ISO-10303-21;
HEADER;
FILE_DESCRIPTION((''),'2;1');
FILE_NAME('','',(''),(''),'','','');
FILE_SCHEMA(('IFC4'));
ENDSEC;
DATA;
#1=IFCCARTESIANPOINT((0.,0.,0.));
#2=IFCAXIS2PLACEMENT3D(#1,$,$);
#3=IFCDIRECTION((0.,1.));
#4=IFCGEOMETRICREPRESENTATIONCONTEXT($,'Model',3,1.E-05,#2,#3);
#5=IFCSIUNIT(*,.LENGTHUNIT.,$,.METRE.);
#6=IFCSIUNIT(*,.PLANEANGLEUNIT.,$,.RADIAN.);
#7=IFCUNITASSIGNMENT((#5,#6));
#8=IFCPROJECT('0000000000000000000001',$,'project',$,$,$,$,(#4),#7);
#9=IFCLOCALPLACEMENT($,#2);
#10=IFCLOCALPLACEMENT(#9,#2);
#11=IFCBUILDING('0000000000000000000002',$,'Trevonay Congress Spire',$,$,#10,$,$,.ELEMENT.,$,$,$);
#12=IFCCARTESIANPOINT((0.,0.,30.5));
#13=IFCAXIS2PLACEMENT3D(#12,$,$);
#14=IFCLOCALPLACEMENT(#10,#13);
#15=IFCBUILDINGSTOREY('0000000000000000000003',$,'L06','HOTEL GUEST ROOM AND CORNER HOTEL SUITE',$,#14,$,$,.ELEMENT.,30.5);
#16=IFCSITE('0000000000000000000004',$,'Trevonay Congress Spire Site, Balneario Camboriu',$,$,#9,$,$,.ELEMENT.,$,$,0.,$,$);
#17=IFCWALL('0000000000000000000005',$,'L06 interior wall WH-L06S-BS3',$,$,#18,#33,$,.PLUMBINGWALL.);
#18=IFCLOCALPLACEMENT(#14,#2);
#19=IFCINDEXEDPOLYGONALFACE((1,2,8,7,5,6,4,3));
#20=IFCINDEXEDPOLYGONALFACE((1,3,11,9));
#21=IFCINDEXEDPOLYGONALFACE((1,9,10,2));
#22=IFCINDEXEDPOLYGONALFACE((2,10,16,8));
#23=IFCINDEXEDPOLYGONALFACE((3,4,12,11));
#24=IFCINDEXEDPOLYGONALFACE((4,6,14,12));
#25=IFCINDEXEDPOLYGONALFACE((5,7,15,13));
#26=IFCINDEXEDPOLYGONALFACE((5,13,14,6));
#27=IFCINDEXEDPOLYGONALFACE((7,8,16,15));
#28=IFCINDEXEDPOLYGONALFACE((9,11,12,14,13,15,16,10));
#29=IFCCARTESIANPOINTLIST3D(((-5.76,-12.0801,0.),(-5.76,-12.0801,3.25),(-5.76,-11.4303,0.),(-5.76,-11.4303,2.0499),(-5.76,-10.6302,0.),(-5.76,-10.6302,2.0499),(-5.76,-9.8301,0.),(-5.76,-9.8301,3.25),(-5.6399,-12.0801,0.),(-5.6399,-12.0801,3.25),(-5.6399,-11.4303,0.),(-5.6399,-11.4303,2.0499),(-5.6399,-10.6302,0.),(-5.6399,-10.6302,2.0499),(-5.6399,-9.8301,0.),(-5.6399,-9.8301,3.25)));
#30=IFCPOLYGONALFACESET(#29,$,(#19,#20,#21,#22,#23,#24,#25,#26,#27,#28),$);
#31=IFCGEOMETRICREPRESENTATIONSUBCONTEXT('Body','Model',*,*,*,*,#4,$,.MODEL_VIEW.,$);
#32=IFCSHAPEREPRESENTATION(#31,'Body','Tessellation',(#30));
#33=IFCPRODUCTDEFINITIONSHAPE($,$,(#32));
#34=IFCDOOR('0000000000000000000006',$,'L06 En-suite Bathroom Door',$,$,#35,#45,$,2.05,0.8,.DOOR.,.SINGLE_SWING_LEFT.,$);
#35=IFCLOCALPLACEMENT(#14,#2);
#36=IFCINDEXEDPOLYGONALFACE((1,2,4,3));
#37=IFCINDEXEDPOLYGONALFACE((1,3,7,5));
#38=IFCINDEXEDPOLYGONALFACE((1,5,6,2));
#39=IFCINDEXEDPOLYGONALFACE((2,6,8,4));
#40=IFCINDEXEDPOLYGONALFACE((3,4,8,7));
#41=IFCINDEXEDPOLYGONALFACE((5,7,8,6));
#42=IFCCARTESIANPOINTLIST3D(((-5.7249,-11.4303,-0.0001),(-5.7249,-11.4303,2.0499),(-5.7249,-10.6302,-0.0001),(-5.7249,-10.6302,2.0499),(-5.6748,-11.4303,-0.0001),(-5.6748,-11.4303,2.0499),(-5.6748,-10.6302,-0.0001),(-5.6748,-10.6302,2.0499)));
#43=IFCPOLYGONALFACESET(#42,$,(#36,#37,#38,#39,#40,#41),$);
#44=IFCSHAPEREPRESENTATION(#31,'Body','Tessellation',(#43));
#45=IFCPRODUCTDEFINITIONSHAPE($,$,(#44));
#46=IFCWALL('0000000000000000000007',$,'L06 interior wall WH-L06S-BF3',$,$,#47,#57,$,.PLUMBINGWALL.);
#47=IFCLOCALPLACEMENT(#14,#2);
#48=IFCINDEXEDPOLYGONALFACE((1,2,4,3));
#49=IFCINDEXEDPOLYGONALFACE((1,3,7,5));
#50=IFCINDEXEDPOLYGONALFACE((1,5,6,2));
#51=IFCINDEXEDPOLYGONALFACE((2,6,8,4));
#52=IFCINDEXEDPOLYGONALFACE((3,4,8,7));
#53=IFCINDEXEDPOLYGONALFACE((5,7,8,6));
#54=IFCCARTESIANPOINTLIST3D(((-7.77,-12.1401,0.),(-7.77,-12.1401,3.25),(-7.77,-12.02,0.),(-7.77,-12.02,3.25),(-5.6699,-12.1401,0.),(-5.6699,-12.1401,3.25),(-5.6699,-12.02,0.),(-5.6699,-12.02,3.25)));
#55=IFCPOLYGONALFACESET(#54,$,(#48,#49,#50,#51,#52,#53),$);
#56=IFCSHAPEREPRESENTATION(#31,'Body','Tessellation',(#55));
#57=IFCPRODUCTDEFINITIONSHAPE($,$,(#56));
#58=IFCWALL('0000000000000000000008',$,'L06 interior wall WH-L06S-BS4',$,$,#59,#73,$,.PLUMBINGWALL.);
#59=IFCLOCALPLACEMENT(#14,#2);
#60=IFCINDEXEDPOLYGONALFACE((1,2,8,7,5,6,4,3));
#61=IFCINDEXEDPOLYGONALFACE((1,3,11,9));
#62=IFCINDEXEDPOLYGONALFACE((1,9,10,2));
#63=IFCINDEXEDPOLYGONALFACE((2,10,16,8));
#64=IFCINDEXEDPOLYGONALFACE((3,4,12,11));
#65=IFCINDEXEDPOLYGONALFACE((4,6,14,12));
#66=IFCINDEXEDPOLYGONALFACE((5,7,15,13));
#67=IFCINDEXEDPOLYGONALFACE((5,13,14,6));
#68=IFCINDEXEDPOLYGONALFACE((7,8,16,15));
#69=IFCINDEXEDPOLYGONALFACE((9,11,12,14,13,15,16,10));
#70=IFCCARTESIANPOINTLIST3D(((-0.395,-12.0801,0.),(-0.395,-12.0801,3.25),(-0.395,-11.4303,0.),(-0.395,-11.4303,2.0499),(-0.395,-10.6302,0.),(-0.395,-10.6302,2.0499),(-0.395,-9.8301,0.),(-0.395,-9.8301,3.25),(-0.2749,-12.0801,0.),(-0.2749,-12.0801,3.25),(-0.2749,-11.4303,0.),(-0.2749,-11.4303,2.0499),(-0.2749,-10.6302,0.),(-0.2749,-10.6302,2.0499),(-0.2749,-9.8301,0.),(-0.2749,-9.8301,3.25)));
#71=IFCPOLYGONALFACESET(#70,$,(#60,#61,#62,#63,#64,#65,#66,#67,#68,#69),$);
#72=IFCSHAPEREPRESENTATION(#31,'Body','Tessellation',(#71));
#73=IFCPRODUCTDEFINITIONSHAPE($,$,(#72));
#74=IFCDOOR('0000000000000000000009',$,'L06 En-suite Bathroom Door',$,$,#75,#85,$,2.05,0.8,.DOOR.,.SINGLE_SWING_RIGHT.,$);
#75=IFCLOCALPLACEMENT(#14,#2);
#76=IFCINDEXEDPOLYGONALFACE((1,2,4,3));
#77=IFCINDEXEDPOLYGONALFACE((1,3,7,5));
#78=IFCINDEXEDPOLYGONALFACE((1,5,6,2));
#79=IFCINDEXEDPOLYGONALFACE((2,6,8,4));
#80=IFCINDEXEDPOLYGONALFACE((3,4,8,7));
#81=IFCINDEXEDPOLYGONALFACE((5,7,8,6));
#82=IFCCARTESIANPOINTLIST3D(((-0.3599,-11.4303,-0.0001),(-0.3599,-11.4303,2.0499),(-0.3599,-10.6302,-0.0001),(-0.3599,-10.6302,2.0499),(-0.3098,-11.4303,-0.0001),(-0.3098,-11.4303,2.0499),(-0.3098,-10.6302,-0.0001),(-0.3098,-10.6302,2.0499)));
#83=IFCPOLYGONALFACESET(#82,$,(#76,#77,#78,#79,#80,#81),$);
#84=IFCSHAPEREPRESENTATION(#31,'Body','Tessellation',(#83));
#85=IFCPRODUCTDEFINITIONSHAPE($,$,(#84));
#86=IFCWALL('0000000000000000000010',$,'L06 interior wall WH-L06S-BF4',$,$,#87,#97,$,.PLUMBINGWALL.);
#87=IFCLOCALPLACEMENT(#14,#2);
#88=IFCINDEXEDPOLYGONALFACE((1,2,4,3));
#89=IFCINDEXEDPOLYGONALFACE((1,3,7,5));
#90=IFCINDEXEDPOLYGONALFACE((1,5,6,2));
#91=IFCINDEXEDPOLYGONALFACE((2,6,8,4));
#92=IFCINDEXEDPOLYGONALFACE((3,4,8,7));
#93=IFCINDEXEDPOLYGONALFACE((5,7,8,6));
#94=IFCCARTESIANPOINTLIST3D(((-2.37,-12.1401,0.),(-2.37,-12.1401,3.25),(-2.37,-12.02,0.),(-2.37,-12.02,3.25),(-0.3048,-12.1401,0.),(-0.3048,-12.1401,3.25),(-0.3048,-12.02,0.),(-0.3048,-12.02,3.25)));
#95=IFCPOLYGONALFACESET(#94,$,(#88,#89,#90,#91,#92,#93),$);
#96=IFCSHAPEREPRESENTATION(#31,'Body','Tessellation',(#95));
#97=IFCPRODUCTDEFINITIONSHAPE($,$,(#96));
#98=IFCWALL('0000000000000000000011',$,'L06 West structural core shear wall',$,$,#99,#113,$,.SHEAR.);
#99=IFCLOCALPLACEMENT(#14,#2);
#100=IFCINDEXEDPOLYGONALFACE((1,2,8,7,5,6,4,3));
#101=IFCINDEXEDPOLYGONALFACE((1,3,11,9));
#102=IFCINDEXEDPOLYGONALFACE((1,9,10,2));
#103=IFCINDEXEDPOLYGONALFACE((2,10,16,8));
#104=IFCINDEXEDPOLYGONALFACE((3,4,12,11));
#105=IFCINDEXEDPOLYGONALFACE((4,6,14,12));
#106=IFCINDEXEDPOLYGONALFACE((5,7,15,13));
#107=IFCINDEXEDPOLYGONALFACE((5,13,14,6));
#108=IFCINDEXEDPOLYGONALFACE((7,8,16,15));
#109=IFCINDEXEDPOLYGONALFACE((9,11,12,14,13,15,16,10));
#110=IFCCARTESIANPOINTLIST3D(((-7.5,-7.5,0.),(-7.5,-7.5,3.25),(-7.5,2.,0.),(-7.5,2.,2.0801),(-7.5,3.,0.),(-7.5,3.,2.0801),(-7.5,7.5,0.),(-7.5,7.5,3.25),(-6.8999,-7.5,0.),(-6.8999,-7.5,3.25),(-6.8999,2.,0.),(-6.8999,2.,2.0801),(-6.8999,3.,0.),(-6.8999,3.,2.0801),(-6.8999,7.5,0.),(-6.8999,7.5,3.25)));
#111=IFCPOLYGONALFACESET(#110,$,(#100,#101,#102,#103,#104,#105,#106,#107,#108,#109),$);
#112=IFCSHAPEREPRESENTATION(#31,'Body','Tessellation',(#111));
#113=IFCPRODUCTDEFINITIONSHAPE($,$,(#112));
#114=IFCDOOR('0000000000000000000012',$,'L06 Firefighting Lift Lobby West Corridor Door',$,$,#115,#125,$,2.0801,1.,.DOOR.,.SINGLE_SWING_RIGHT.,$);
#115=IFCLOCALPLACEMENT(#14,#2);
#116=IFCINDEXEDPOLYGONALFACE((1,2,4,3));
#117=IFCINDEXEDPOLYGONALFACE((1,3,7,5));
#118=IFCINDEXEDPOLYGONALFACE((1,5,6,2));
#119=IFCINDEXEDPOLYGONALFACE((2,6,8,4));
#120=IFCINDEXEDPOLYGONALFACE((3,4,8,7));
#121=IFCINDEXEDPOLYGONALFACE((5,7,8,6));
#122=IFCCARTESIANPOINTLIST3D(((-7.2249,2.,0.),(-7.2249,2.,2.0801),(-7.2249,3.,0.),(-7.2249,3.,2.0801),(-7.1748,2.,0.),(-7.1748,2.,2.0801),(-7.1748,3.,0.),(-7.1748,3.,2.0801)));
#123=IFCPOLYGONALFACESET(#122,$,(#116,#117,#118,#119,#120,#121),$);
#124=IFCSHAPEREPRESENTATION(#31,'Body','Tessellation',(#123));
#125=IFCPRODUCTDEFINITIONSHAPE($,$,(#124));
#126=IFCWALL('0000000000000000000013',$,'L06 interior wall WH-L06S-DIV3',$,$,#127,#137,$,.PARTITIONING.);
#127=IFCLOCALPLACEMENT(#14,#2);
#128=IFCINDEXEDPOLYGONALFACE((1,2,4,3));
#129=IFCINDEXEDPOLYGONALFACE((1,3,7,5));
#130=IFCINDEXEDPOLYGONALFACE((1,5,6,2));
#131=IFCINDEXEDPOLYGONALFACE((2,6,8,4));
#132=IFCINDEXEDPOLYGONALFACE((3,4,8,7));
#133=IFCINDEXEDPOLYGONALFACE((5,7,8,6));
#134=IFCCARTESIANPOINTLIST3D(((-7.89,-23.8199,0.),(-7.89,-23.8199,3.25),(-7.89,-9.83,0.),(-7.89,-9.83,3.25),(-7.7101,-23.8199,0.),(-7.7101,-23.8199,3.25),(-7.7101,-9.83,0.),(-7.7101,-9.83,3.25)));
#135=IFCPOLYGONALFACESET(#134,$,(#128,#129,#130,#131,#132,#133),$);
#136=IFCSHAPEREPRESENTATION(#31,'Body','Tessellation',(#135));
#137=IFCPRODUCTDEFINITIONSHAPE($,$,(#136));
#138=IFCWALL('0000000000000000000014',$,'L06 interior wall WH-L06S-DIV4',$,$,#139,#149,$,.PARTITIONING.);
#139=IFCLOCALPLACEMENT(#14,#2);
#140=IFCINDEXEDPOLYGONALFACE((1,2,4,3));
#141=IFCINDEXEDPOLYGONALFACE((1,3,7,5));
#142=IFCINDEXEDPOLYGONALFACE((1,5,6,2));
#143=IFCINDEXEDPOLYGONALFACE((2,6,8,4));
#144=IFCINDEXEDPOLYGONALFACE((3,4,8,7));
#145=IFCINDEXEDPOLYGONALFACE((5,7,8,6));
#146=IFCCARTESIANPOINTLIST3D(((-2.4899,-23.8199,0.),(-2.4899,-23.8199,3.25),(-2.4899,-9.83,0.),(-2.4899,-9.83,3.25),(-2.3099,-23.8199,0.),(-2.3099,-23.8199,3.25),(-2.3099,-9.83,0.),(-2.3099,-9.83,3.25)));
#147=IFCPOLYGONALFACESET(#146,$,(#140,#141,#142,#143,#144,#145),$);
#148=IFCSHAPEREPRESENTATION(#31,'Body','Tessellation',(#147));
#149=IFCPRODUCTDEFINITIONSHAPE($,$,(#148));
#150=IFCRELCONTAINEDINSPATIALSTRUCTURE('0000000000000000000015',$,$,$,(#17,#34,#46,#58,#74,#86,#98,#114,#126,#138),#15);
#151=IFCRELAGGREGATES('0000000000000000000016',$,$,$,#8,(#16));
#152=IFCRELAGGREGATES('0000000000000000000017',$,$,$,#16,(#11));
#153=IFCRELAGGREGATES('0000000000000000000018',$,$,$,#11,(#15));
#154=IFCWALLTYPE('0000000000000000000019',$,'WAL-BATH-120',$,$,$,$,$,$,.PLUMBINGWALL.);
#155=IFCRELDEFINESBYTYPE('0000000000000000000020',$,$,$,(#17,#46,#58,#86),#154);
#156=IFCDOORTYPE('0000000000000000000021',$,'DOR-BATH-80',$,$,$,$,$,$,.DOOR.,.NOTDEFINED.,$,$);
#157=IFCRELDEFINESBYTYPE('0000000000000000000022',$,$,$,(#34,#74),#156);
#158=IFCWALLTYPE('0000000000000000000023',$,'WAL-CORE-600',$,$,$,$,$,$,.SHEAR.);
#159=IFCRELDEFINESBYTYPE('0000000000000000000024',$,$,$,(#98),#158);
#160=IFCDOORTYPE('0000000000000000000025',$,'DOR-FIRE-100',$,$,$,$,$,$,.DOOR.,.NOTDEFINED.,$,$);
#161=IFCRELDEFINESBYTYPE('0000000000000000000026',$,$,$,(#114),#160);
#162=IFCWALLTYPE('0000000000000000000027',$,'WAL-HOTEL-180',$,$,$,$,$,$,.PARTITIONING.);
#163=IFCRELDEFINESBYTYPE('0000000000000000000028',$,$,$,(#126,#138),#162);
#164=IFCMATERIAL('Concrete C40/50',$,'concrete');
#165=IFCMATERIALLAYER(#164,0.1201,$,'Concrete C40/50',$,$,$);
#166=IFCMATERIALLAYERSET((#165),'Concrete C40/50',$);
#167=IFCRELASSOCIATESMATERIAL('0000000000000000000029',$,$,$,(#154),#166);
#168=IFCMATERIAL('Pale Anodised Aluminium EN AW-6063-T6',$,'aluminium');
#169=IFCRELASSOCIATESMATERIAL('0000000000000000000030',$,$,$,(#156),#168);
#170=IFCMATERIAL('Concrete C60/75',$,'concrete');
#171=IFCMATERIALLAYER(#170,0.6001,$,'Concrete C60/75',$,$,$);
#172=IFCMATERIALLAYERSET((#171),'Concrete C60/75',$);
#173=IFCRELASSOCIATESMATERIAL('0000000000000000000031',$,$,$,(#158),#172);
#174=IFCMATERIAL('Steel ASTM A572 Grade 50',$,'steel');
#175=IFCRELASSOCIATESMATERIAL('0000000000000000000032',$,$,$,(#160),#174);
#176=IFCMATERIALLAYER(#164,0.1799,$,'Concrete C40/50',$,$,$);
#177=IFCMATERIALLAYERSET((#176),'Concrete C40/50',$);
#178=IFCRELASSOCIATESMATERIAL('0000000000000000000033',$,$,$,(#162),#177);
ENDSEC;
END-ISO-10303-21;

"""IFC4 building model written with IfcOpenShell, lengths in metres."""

from ifc_helpers import new_model, si_unit, direction, frame, frame_2d, origin, place, context, subcontext, project, spatial, rectangle, extrude, material, layer, layer_set, type_object, element, fill, save


model = new_model("IFC4")

# Units and contexts
model_context = context("Model", 3, precision=1e-05, world=origin(), true_north=direction((0.0, 1.0)))
body_context = subcontext(model_context, "Body", "Model", "MODEL_VIEW")
ifc_project = project(units=[si_unit("LENGTHUNIT", "METRE"), si_unit("PLANEANGLEUNIT", "RADIAN")], contexts=[model_context])

# Site, building, storey
site_placement = place(None, origin())
site = spatial("IfcSite", under=ifc_project, at=site_placement, Name="Trevonay Congress Spire Site, Balneario Camboriu", CompositionType="ELEMENT", RefElevation=0.0)
building_placement = place(site_placement, origin())
building = spatial("IfcBuilding", under=site, at=building_placement, Name="Trevonay Congress Spire", CompositionType="ELEMENT")
storey_placement = place(building_placement, frame((0.0, 0.0, 30.5)))
storey = spatial("IfcBuildingStorey", under=building, at=storey_placement, Name="L06", Description="HOTEL GUEST ROOM AND CORNER HOTEL SUITE", CompositionType="ELEMENT", Elevation=30.5)

# Shared definitions
ifc_material_1 = material(Name="Steel ASTM A572 Grade 50", Category="steel")

# Shared definitions
ifc_material_2 = material(Name="Pale Anodised Aluminium EN AW-6063-T6", Category="aluminium")

# Wall, opening, door
ifc_material_3 = material(Name="Concrete C40/50", Category="concrete")
ifc_layer_1 = layer(ifc_material_3, 0.1201, Name="Concrete C40/50")
ifc_layer_set_1 = layer_set([ifc_layer_1], Name="Concrete C40/50")
wall_type_1 = type_object("IfcWallType", Name="WAL-BATH-120", PredefinedType="PLUMBINGWALL", material=ifc_layer_set_1)
door_type_1 = type_object("IfcDoorType", Name="DOR-BATH-80", OperationType="NOTDEFINED", PredefinedType="DOOR", material=ifc_material_2)
wall_1_placement = place(storey_placement, frame((-5.7, -12.0801, 0.0), z_axis=(0.0, 0.0, 1.0), x_axis=(0.0, 1.0, 0.0)))
wall_1 = element("IfcWall", 1, at=wall_1_placement, inside=storey, type_object=wall_type_1, Name="L06 interior wall WH-L06S-BS3", PredefinedType="PLUMBINGWALL", context=body_context, shape_type="SweptSolid", body=[
    extrude(rectangle(XDim=2.25, YDim=0.1201, at=frame_2d((1.125, 0.0))), origin(), (0.0, 0.0, 1.0), 3.25),
])
opening_1_placement = place(wall_1_placement, frame((0.6499, 0.0, 0.0)))
opening_1 = element("IfcOpeningElement", 2, at=opening_1_placement, cuts=wall_1, PredefinedType="OPENING", context=body_context, shape_type="SweptSolid", body=[
    extrude(rectangle(XDim=0.8, YDim=2.05, at=frame_2d((0.3999, 1.0249))), frame((0.0, 0.0701, 0.0), z_axis=(0.0, -1.0, 0.0), x_axis=(1.0, 0.0, 0.0)), (0.0, 0.0, 1.0), 0.1401),
])
door_1_placement = place(opening_1_placement, origin())
door_1 = element("IfcDoor", 3, at=door_1_placement, inside=storey, type_object=door_type_1, Name="L06 En-suite Bathroom Door", OperationType="SINGLE_SWING_LEFT", OverallHeight=2.05, OverallWidth=0.8, PredefinedType="DOOR", context=body_context, shape_type="SweptSolid", body=[
    extrude(rectangle(XDim=0.8, YDim=2.05, at=frame_2d((0.3999, 1.0249))), frame((0.0, 0.0249, 0.0), z_axis=(0.0, -1.0, 0.0), x_axis=(1.0, 0.0, 0.0)), (0.0, 0.0, 1.0), 0.05),
])
fill(opening_1, door_1)

# Wall
wall_2_placement = place(storey_placement, frame((-7.77, -12.0801, 0.0), z_axis=(0.0, 0.0, 1.0), x_axis=(1.0, 0.0, 0.0)))
element("IfcWall", 4, at=wall_2_placement, inside=storey, type_object=wall_type_1, Name="L06 interior wall WH-L06S-BF3", PredefinedType="PLUMBINGWALL", context=body_context, shape_type="SweptSolid", body=[
    extrude(rectangle(XDim=2.1001, YDim=0.1201, at=frame_2d((1.05, 0.0))), origin(), (0.0, 0.0, 1.0), 3.25),
])

# Wall, opening, door
wall_3_placement = place(storey_placement, frame((-0.335, -12.0801, 0.0), z_axis=(0.0, 0.0, 1.0), x_axis=(0.0, 1.0, 0.0)))
wall_3 = element("IfcWall", 5, at=wall_3_placement, inside=storey, type_object=wall_type_1, Name="L06 interior wall WH-L06S-BS4", PredefinedType="PLUMBINGWALL", context=body_context, shape_type="SweptSolid", body=[
    extrude(rectangle(XDim=2.25, YDim=0.1201, at=frame_2d((1.125, 0.0))), origin(), (0.0, 0.0, 1.0), 3.25),
])
opening_2_placement = place(wall_3_placement, frame((0.6499, 0.0, 0.0)))
opening_2 = element("IfcOpeningElement", 6, at=opening_2_placement, cuts=wall_3, PredefinedType="OPENING", context=body_context, shape_type="SweptSolid", body=[
    extrude(rectangle(XDim=0.8, YDim=2.05, at=frame_2d((0.3999, 1.0249))), frame((0.0, 0.0701, 0.0), z_axis=(0.0, -1.0, 0.0), x_axis=(1.0, 0.0, 0.0)), (0.0, 0.0, 1.0), 0.1401),
])
door_2_placement = place(opening_2_placement, origin())
door_2 = element("IfcDoor", 7, at=door_2_placement, inside=storey, type_object=door_type_1, Name="L06 En-suite Bathroom Door", OperationType="SINGLE_SWING_RIGHT", OverallHeight=2.05, OverallWidth=0.8, PredefinedType="DOOR", context=body_context, shape_type="SweptSolid", body=[
    extrude(rectangle(XDim=0.8, YDim=2.05, at=frame_2d((0.3999, 1.0249))), frame((0.0, 0.0249, 0.0), z_axis=(0.0, -1.0, 0.0), x_axis=(1.0, 0.0, 0.0)), (0.0, 0.0, 1.0), 0.05),
])
fill(opening_2, door_2)

# Wall
wall_4_placement = place(storey_placement, frame((-2.3701, -12.0801, 0.0), z_axis=(0.0, 0.0, 1.0), x_axis=(1.0, 0.0, 0.0)))
element("IfcWall", 8, at=wall_4_placement, inside=storey, type_object=wall_type_1, Name="L06 interior wall WH-L06S-BF4", PredefinedType="PLUMBINGWALL", context=body_context, shape_type="SweptSolid", body=[
    extrude(rectangle(XDim=2.0652, YDim=0.1201, at=frame_2d((1.0327, 0.0))), origin(), (0.0, 0.0, 1.0), 3.25),
])

# Wall, opening, door
ifc_material_4 = material(Name="Concrete C60/75", Category="concrete")
ifc_layer_2 = layer(ifc_material_4, 0.6001, Name="Concrete C60/75")
ifc_layer_set_2 = layer_set([ifc_layer_2], Name="Concrete C60/75")
wall_type_2 = type_object("IfcWallType", Name="WAL-CORE-600", PredefinedType="SHEAR", material=ifc_layer_set_2)
wall_5_placement = place(storey_placement, frame((-7.2, -7.5, 0.0), z_axis=(0.0, 0.0, 1.0), x_axis=(0.0, 1.0, 0.0)))
wall_5 = element("IfcWall", 9, at=wall_5_placement, inside=storey, type_object=wall_type_2, Name="L06 West structural core shear wall", PredefinedType="SHEAR", context=body_context, shape_type="SweptSolid", body=[
    extrude(rectangle(XDim=15.0, YDim=0.6001, at=frame_2d((7.5, 0.0))), origin(), (0.0, 0.0, 1.0), 3.25),
])
opening_3_placement = place(wall_5_placement, frame((9.5, 0.0, 0.0)))
opening_3 = element("IfcOpeningElement", 10, at=opening_3_placement, cuts=wall_5, PredefinedType="OPENING", context=body_context, shape_type="SweptSolid", body=[
    extrude(rectangle(XDim=1.0, YDim=2.0801, at=frame_2d((0.5, 1.04))), frame((0.0, 0.3101, 0.0), z_axis=(0.0, -1.0, 0.0), x_axis=(1.0, 0.0, 0.0)), (0.0, 0.0, 1.0), 0.6201),
])
door_type_2 = type_object("IfcDoorType", Name="DOR-FIRE-100", OperationType="NOTDEFINED", PredefinedType="DOOR", material=ifc_material_1)
door_3_placement = place(opening_3_placement, origin())
door_3 = element("IfcDoor", 11, at=door_3_placement, inside=storey, type_object=door_type_2, Name="L06 Firefighting Lift Lobby West Corridor Door", OperationType="SINGLE_SWING_RIGHT", OverallHeight=2.0801, OverallWidth=1.0, PredefinedType="DOOR", context=body_context, shape_type="SweptSolid", body=[
    extrude(rectangle(XDim=1.0, YDim=2.0801, at=frame_2d((0.5, 1.04))), frame((0.0, 0.0249, 0.0), z_axis=(0.0, -1.0, 0.0), x_axis=(1.0, 0.0, 0.0)), (0.0, 0.0, 1.0), 0.05),
])
fill(opening_3, door_3)

# Walls
ifc_layer_3 = layer(ifc_material_3, 0.1799, Name="Concrete C40/50")
ifc_layer_set_3 = layer_set([ifc_layer_3], Name="Concrete C40/50")
wall_type_3 = type_object("IfcWallType", Name="WAL-HOTEL-180", PredefinedType="PARTITIONING", material=ifc_layer_set_3)
for number, where, z_axis, x_axis, name in (
    (12, (-7.8, -23.8201, 0.0), (0.0, 0.0, 1.0), (0.0, 1.0, 0.0), "L06 interior wall WH-L06S-DIV3"),
    (13, (-2.3999, -23.8201, 0.0), (0.0, 0.0, 1.0), (0.0, 1.0, 0.0), "L06 interior wall WH-L06S-DIV4"),
):
    element("IfcWall", number, at=place(storey_placement, frame(where, z_axis=z_axis, x_axis=x_axis)), inside=storey, type_object=wall_type_3, Name=name, PredefinedType="PARTITIONING", context=body_context, shape_type="SweptSolid", body=[
        extrude(rectangle(XDim=13.99, YDim=0.1799, at=frame_2d((6.9951, 0.0))), origin(), (0.0, 0.0, 1.0), 3.25),
    ])

save(model, "model.ifc")
